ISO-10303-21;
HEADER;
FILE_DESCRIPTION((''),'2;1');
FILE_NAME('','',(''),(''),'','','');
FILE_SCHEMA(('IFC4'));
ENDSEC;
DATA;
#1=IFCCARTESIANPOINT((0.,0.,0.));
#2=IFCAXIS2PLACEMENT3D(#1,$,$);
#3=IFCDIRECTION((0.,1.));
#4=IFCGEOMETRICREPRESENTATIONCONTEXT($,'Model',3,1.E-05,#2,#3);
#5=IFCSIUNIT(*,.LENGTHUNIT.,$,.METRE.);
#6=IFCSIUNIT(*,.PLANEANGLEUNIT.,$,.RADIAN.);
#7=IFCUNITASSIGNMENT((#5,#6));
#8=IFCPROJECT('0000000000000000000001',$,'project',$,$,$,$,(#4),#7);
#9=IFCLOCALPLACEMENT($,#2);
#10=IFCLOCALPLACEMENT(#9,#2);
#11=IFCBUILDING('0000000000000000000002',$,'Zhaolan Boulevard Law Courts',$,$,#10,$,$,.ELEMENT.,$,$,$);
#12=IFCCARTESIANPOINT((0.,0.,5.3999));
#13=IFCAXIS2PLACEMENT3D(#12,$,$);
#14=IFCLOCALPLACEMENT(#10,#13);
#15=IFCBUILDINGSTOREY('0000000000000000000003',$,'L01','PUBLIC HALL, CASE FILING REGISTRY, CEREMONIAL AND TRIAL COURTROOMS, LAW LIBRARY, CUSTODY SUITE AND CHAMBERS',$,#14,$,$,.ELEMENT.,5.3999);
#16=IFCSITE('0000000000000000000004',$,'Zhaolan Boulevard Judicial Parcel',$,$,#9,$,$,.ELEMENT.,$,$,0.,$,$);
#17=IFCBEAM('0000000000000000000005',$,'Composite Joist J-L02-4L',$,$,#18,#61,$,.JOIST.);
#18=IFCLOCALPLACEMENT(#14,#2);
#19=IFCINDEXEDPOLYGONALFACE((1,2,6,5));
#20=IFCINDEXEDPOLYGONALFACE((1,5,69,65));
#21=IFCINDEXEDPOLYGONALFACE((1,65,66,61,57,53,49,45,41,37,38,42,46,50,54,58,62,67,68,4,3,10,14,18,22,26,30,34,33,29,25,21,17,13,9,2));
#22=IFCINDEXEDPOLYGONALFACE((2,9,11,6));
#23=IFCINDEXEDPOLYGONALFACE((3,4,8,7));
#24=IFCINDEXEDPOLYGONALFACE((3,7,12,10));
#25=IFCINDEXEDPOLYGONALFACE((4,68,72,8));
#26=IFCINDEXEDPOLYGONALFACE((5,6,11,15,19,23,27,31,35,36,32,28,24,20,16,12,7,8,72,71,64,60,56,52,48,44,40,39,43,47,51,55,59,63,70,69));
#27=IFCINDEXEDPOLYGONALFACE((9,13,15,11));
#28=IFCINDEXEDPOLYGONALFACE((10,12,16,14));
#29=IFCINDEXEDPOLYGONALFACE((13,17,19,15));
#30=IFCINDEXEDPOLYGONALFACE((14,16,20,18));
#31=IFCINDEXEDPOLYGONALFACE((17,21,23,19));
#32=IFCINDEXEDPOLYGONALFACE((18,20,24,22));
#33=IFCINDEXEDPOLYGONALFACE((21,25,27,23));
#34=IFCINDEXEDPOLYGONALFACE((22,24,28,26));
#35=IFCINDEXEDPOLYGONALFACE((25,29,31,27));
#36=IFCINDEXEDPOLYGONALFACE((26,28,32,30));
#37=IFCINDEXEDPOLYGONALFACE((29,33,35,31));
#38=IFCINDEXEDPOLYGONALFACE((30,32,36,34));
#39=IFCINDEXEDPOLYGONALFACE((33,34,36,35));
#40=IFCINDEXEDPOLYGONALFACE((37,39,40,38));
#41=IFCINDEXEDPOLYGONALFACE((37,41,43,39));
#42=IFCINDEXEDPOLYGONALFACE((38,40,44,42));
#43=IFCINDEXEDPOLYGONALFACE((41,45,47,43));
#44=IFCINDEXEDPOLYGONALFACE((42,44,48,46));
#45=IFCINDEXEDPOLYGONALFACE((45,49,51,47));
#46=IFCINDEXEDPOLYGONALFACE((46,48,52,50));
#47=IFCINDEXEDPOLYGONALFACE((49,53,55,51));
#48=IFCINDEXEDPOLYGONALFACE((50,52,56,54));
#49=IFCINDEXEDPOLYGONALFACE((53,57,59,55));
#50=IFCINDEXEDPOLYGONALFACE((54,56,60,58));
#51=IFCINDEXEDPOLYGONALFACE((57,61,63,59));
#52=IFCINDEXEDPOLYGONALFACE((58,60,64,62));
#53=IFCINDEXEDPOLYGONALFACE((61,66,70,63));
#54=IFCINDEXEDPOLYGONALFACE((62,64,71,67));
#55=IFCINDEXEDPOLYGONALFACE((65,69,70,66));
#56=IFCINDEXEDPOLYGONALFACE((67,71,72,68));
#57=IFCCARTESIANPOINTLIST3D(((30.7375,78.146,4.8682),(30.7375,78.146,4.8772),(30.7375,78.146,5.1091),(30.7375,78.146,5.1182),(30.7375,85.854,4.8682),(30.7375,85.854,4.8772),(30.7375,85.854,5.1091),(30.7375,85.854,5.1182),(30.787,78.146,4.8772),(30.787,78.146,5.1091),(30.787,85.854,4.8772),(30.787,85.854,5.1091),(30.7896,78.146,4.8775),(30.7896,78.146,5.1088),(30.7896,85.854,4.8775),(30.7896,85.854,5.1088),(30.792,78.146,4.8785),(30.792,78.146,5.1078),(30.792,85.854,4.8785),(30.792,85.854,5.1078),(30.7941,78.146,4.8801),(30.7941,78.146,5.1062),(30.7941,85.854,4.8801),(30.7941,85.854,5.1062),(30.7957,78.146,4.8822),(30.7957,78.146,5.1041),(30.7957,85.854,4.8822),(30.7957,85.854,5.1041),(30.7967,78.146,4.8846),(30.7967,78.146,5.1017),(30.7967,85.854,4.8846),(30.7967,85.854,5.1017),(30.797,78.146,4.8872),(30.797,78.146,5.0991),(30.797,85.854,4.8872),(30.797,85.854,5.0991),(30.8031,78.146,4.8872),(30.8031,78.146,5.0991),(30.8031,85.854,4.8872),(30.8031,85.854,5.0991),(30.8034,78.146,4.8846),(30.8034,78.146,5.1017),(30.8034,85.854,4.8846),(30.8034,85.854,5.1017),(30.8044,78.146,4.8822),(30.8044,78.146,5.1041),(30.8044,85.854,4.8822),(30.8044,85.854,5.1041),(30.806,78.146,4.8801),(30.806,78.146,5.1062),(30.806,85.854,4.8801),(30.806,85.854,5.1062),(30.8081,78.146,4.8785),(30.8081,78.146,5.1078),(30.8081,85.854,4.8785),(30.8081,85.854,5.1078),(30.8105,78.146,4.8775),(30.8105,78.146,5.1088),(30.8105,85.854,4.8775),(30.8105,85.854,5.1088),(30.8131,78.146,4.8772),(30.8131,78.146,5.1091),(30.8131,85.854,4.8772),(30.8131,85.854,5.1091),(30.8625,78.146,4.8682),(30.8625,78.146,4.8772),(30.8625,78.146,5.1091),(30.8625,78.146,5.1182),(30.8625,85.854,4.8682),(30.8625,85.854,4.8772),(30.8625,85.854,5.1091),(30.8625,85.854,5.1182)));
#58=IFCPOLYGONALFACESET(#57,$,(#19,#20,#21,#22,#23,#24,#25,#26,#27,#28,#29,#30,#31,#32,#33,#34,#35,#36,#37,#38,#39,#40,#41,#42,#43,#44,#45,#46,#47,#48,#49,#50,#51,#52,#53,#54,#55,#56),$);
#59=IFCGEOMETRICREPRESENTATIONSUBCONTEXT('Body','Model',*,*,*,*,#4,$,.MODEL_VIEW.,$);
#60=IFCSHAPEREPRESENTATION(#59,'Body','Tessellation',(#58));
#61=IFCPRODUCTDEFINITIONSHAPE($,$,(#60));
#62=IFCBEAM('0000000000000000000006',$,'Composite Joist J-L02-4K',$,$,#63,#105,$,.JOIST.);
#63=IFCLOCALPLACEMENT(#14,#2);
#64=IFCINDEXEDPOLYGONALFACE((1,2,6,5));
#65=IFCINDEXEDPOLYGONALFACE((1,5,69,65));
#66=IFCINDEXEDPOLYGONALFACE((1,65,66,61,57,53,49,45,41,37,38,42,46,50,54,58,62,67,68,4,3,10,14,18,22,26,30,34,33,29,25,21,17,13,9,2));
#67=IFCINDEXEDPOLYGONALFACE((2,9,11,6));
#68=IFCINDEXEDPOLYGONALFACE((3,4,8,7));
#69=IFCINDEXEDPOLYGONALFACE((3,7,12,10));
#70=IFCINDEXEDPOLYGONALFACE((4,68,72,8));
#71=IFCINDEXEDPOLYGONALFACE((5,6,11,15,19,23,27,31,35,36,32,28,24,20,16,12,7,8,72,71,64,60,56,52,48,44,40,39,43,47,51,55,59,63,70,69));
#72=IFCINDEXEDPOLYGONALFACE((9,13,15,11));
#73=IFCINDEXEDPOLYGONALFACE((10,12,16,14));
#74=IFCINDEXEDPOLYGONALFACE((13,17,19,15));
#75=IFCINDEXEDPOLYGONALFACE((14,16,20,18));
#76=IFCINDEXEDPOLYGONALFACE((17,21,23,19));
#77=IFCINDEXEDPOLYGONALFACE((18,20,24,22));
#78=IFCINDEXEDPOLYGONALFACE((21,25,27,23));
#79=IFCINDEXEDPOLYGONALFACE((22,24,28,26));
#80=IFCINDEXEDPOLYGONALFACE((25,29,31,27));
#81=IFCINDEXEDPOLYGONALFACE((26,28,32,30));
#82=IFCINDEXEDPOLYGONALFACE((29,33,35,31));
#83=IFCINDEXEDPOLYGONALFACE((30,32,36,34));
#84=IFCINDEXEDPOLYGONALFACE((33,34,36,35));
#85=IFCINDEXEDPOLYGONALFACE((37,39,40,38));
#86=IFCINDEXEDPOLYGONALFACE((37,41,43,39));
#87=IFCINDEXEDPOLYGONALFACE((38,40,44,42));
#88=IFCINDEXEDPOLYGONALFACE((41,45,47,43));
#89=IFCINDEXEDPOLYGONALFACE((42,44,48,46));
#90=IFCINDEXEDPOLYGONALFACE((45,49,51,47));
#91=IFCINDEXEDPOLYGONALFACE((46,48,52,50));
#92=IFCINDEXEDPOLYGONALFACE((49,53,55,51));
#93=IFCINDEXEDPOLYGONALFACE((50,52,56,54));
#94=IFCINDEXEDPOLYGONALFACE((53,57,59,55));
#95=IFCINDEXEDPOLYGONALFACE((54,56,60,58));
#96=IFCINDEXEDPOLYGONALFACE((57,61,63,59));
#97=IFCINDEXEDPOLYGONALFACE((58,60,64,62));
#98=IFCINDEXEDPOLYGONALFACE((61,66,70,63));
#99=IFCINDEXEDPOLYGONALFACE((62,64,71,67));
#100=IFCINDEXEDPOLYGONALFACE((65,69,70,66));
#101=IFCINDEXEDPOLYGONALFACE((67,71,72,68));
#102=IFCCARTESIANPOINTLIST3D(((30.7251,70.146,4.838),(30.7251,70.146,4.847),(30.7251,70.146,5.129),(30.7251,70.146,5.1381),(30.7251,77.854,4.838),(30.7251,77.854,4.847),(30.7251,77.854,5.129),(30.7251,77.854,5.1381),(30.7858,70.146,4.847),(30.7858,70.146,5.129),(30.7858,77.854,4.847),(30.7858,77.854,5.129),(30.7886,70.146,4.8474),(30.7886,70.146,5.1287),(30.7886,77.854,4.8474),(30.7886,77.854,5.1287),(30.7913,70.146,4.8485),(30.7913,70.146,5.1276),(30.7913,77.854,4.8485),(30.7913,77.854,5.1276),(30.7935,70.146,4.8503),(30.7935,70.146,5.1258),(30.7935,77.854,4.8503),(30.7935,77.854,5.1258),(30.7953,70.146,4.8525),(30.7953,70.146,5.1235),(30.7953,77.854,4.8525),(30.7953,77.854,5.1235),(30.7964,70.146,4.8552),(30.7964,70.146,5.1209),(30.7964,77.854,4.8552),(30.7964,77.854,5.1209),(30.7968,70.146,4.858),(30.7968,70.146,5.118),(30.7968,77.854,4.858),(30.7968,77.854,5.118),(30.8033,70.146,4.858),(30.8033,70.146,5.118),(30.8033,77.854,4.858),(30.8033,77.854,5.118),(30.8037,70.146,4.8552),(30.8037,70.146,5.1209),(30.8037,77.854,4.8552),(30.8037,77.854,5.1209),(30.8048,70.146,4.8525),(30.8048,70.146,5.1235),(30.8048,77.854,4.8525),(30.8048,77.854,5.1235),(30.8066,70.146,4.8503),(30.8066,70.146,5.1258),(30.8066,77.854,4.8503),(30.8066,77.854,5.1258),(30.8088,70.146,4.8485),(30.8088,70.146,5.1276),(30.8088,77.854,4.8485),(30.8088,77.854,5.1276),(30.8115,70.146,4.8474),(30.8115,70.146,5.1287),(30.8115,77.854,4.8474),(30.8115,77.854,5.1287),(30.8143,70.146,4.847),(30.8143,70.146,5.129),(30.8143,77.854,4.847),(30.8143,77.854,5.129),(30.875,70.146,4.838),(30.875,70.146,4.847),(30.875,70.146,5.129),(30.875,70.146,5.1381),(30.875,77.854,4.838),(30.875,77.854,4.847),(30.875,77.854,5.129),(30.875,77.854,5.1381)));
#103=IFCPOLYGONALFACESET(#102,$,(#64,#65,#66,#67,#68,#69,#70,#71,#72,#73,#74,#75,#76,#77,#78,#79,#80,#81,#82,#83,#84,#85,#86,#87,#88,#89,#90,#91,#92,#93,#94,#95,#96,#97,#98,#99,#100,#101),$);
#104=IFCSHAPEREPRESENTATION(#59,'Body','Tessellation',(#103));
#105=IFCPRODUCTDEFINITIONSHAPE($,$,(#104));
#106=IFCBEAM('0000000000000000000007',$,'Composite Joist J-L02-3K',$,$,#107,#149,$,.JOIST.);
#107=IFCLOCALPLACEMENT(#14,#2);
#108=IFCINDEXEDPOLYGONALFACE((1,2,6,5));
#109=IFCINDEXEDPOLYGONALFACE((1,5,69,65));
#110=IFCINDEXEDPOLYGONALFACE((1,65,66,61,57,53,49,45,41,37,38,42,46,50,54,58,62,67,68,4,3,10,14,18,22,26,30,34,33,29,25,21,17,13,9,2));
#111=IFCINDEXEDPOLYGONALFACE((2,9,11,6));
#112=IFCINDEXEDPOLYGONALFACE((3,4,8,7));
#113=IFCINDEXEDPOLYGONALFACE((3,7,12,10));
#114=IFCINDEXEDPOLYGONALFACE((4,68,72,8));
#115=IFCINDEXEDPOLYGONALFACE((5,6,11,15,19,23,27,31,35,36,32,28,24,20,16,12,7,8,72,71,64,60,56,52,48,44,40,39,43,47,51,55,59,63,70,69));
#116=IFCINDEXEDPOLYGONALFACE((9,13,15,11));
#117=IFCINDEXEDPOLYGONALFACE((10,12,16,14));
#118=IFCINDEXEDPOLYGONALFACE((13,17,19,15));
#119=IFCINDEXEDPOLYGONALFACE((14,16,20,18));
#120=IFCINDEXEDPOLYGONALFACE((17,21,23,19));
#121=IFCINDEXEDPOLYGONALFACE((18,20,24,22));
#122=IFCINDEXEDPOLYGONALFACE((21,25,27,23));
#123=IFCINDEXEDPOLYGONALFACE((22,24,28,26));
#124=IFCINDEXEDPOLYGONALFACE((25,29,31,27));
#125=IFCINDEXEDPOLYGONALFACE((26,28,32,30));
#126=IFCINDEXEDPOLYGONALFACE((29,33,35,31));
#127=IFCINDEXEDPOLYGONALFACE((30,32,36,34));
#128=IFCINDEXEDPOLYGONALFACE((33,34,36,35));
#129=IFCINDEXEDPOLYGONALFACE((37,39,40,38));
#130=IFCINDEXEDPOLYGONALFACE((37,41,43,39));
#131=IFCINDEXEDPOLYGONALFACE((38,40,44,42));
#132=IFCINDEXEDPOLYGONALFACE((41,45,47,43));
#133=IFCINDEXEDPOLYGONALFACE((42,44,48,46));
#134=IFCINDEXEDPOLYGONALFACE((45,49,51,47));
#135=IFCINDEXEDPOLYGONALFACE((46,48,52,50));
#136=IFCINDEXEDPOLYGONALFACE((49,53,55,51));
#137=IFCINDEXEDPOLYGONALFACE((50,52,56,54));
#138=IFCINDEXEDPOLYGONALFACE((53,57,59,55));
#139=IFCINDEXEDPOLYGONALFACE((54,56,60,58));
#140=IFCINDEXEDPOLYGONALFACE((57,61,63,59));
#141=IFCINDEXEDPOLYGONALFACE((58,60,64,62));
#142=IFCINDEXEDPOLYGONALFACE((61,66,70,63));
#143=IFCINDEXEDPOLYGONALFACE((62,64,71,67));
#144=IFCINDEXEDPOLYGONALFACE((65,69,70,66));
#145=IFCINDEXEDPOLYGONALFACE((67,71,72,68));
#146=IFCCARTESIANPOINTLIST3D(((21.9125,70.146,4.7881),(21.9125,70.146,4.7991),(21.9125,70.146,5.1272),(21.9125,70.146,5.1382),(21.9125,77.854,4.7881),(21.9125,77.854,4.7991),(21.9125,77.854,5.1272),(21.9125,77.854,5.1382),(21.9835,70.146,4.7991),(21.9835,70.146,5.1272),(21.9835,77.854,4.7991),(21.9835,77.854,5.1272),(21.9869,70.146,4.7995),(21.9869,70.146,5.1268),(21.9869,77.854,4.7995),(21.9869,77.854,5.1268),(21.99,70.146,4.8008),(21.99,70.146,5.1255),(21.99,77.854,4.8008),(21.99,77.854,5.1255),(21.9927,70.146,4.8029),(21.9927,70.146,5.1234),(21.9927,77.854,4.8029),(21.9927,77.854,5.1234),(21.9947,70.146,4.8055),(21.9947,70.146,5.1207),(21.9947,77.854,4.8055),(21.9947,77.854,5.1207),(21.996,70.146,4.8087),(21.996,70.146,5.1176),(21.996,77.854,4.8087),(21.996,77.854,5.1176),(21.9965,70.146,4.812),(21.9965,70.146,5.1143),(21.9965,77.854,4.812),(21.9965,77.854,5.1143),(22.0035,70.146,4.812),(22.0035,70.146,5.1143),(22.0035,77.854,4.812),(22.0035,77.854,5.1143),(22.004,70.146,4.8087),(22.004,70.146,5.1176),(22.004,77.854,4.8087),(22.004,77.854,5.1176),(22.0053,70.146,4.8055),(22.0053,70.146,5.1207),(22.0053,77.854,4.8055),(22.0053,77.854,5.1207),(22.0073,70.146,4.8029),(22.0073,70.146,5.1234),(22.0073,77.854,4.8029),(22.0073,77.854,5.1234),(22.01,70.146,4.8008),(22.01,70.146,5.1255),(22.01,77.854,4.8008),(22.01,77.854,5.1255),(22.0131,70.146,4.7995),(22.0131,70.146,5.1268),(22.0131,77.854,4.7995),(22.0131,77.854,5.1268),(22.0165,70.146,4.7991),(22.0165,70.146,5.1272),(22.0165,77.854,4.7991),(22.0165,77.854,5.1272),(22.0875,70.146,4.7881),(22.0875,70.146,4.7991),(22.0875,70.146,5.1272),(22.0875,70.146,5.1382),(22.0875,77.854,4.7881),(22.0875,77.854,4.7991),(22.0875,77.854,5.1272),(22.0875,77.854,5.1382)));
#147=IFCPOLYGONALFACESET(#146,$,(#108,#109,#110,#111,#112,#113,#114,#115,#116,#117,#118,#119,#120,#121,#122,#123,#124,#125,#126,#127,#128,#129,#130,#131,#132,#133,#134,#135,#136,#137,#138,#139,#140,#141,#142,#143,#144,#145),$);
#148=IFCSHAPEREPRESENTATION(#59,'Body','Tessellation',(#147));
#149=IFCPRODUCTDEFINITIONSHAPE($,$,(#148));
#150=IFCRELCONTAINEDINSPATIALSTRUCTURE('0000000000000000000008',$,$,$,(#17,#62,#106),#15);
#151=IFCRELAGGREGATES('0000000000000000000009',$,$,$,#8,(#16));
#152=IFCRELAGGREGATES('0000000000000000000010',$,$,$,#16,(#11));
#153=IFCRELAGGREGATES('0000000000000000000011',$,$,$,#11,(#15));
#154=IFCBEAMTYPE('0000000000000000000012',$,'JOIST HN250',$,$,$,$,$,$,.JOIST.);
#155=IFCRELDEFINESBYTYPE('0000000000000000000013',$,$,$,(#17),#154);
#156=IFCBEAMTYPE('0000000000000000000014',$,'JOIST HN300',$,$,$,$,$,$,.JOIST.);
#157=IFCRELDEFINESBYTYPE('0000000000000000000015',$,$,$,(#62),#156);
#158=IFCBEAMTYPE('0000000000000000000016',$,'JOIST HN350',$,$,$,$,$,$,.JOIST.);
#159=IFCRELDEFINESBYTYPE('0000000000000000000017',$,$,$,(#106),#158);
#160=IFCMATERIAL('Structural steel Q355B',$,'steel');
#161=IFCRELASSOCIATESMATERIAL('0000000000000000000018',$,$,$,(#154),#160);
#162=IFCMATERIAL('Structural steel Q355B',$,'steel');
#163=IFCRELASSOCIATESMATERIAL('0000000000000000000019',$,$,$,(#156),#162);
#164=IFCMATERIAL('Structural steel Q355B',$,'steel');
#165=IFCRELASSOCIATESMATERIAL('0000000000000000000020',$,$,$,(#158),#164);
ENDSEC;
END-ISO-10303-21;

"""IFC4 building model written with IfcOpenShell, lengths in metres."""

from ifc_helpers import new_model, si_unit, direction, frame, origin, origin_2d, place, context, subcontext, project, spatial, i_section, extrude, material, material_profile, profile_set, type_object, element, save


model = new_model("IFC4")

# Units and contexts
model_context = context("Model", 3, precision=1e-05, world=origin(), true_north=direction((0.0, 1.0)))
body_context = subcontext(model_context, "Body", "Model", "MODEL_VIEW")
ifc_project = project(units=[si_unit("LENGTHUNIT", "METRE"), si_unit("PLANEANGLEUNIT", "RADIAN")], contexts=[model_context])

# Site, building, storey
site_placement = place(None, origin())
site = spatial("IfcSite", under=ifc_project, at=site_placement, Name="Zhaolan Boulevard Judicial Parcel", CompositionType="ELEMENT", RefElevation=0.0)
building_placement = place(site_placement, origin())
building = spatial("IfcBuilding", under=site, at=building_placement, Name="Zhaolan Boulevard Law Courts", CompositionType="ELEMENT")
storey_placement = place(building_placement, frame((0.0, 0.0, 5.3999)))
storey = spatial("IfcBuildingStorey", under=building, at=storey_placement, Name="L01", Description="PUBLIC HALL, CASE FILING REGISTRY, CEREMONIAL AND TRIAL COURTROOMS, LAW LIBRARY, CUSTODY SUITE AND CHAMBERS", CompositionType="ELEMENT", Elevation=5.3999)

# Beams
ifc_material_1 = material(Name="Structural steel Q355B", Category="steel")
ifc_material_profile_1 = material_profile(ifc_material_1, i_section(OverallWidth=0.125, OverallDepth=0.25, WebThickness=0.0061, FlangeThickness=0.009, FilletRadius=0.01, at=origin_2d()), Name="HN250x125")
ifc_profile_set_1 = profile_set([ifc_material_profile_1], Name="Structural steel Q355B")
beam_type_1 = type_object("IfcBeamType", Name="JOIST HN250", PredefinedType="JOIST", material=ifc_profile_set_1)
beam_1_placement = place(storey_placement, frame((30.8, 78.146, 4.9932), z_axis=(0.0, 1.0, 0.0), x_axis=(-1.0, 0.0, 0.0)))
element("IfcBeam", 1, at=beam_1_placement, inside=storey, type_object=beam_type_1, Name="Composite Joist J-L02-4L", PredefinedType="JOIST", context=body_context, shape_type="SweptSolid", body=[
    extrude(i_section(OverallWidth=0.125, OverallDepth=0.25, WebThickness=0.0061, FlangeThickness=0.009, FilletRadius=0.01, at=origin_2d()), origin(), (0.0, 0.0, 1.0), 7.708),
])
ifc_material_2 = material(Name="Structural steel Q355B", Category="steel")
ifc_material_profile_2 = material_profile(ifc_material_2, i_section(OverallWidth=0.1499, OverallDepth=0.3, WebThickness=0.0066, FlangeThickness=0.009, FilletRadius=0.011, at=origin_2d()), Name="HN300x150")
ifc_profile_set_2 = profile_set([ifc_material_profile_2], Name="Structural steel Q355B")
beam_type_2 = type_object("IfcBeamType", Name="JOIST HN300", PredefinedType="JOIST", material=ifc_profile_set_2)
beam_2_placement = place(storey_placement, frame((30.8, 70.146, 4.988), z_axis=(0.0, 1.0, 0.0), x_axis=(-1.0, 0.0, 0.0)))
element("IfcBeam", 2, at=beam_2_placement, inside=storey, type_object=beam_type_2, Name="Composite Joist J-L02-4K", PredefinedType="JOIST", context=body_context, shape_type="SweptSolid", body=[
    extrude(i_section(OverallWidth=0.1499, OverallDepth=0.3, WebThickness=0.0066, FlangeThickness=0.009, FilletRadius=0.011, at=origin_2d()), origin(), (0.0, 0.0, 1.0), 7.708),
])
ifc_material_3 = material(Name="Structural steel Q355B", Category="steel")
ifc_material_profile_3 = material_profile(ifc_material_3, i_section(OverallWidth=0.175, OverallDepth=0.3501, WebThickness=0.0071, FlangeThickness=0.011, FilletRadius=0.0129, at=origin_2d()), Name="HN350x175")
ifc_profile_set_3 = profile_set([ifc_material_profile_3], Name="Structural steel Q355B")
beam_type_3 = type_object("IfcBeamType", Name="JOIST HN350", PredefinedType="JOIST", material=ifc_profile_set_3)
beam_3_placement = place(storey_placement, frame((22.0, 70.146, 4.9631), z_axis=(0.0, 1.0, 0.0), x_axis=(-1.0, 0.0, 0.0)))
element("IfcBeam", 3, at=beam_3_placement, inside=storey, type_object=beam_type_3, Name="Composite Joist J-L02-3K", PredefinedType="JOIST", context=body_context, shape_type="SweptSolid", body=[
    extrude(i_section(OverallWidth=0.175, OverallDepth=0.3501, WebThickness=0.0071, FlangeThickness=0.011, FilletRadius=0.0129, at=origin_2d()), origin(), (0.0, 0.0, 1.0), 7.708),
])

save(model, "model.ifc")
